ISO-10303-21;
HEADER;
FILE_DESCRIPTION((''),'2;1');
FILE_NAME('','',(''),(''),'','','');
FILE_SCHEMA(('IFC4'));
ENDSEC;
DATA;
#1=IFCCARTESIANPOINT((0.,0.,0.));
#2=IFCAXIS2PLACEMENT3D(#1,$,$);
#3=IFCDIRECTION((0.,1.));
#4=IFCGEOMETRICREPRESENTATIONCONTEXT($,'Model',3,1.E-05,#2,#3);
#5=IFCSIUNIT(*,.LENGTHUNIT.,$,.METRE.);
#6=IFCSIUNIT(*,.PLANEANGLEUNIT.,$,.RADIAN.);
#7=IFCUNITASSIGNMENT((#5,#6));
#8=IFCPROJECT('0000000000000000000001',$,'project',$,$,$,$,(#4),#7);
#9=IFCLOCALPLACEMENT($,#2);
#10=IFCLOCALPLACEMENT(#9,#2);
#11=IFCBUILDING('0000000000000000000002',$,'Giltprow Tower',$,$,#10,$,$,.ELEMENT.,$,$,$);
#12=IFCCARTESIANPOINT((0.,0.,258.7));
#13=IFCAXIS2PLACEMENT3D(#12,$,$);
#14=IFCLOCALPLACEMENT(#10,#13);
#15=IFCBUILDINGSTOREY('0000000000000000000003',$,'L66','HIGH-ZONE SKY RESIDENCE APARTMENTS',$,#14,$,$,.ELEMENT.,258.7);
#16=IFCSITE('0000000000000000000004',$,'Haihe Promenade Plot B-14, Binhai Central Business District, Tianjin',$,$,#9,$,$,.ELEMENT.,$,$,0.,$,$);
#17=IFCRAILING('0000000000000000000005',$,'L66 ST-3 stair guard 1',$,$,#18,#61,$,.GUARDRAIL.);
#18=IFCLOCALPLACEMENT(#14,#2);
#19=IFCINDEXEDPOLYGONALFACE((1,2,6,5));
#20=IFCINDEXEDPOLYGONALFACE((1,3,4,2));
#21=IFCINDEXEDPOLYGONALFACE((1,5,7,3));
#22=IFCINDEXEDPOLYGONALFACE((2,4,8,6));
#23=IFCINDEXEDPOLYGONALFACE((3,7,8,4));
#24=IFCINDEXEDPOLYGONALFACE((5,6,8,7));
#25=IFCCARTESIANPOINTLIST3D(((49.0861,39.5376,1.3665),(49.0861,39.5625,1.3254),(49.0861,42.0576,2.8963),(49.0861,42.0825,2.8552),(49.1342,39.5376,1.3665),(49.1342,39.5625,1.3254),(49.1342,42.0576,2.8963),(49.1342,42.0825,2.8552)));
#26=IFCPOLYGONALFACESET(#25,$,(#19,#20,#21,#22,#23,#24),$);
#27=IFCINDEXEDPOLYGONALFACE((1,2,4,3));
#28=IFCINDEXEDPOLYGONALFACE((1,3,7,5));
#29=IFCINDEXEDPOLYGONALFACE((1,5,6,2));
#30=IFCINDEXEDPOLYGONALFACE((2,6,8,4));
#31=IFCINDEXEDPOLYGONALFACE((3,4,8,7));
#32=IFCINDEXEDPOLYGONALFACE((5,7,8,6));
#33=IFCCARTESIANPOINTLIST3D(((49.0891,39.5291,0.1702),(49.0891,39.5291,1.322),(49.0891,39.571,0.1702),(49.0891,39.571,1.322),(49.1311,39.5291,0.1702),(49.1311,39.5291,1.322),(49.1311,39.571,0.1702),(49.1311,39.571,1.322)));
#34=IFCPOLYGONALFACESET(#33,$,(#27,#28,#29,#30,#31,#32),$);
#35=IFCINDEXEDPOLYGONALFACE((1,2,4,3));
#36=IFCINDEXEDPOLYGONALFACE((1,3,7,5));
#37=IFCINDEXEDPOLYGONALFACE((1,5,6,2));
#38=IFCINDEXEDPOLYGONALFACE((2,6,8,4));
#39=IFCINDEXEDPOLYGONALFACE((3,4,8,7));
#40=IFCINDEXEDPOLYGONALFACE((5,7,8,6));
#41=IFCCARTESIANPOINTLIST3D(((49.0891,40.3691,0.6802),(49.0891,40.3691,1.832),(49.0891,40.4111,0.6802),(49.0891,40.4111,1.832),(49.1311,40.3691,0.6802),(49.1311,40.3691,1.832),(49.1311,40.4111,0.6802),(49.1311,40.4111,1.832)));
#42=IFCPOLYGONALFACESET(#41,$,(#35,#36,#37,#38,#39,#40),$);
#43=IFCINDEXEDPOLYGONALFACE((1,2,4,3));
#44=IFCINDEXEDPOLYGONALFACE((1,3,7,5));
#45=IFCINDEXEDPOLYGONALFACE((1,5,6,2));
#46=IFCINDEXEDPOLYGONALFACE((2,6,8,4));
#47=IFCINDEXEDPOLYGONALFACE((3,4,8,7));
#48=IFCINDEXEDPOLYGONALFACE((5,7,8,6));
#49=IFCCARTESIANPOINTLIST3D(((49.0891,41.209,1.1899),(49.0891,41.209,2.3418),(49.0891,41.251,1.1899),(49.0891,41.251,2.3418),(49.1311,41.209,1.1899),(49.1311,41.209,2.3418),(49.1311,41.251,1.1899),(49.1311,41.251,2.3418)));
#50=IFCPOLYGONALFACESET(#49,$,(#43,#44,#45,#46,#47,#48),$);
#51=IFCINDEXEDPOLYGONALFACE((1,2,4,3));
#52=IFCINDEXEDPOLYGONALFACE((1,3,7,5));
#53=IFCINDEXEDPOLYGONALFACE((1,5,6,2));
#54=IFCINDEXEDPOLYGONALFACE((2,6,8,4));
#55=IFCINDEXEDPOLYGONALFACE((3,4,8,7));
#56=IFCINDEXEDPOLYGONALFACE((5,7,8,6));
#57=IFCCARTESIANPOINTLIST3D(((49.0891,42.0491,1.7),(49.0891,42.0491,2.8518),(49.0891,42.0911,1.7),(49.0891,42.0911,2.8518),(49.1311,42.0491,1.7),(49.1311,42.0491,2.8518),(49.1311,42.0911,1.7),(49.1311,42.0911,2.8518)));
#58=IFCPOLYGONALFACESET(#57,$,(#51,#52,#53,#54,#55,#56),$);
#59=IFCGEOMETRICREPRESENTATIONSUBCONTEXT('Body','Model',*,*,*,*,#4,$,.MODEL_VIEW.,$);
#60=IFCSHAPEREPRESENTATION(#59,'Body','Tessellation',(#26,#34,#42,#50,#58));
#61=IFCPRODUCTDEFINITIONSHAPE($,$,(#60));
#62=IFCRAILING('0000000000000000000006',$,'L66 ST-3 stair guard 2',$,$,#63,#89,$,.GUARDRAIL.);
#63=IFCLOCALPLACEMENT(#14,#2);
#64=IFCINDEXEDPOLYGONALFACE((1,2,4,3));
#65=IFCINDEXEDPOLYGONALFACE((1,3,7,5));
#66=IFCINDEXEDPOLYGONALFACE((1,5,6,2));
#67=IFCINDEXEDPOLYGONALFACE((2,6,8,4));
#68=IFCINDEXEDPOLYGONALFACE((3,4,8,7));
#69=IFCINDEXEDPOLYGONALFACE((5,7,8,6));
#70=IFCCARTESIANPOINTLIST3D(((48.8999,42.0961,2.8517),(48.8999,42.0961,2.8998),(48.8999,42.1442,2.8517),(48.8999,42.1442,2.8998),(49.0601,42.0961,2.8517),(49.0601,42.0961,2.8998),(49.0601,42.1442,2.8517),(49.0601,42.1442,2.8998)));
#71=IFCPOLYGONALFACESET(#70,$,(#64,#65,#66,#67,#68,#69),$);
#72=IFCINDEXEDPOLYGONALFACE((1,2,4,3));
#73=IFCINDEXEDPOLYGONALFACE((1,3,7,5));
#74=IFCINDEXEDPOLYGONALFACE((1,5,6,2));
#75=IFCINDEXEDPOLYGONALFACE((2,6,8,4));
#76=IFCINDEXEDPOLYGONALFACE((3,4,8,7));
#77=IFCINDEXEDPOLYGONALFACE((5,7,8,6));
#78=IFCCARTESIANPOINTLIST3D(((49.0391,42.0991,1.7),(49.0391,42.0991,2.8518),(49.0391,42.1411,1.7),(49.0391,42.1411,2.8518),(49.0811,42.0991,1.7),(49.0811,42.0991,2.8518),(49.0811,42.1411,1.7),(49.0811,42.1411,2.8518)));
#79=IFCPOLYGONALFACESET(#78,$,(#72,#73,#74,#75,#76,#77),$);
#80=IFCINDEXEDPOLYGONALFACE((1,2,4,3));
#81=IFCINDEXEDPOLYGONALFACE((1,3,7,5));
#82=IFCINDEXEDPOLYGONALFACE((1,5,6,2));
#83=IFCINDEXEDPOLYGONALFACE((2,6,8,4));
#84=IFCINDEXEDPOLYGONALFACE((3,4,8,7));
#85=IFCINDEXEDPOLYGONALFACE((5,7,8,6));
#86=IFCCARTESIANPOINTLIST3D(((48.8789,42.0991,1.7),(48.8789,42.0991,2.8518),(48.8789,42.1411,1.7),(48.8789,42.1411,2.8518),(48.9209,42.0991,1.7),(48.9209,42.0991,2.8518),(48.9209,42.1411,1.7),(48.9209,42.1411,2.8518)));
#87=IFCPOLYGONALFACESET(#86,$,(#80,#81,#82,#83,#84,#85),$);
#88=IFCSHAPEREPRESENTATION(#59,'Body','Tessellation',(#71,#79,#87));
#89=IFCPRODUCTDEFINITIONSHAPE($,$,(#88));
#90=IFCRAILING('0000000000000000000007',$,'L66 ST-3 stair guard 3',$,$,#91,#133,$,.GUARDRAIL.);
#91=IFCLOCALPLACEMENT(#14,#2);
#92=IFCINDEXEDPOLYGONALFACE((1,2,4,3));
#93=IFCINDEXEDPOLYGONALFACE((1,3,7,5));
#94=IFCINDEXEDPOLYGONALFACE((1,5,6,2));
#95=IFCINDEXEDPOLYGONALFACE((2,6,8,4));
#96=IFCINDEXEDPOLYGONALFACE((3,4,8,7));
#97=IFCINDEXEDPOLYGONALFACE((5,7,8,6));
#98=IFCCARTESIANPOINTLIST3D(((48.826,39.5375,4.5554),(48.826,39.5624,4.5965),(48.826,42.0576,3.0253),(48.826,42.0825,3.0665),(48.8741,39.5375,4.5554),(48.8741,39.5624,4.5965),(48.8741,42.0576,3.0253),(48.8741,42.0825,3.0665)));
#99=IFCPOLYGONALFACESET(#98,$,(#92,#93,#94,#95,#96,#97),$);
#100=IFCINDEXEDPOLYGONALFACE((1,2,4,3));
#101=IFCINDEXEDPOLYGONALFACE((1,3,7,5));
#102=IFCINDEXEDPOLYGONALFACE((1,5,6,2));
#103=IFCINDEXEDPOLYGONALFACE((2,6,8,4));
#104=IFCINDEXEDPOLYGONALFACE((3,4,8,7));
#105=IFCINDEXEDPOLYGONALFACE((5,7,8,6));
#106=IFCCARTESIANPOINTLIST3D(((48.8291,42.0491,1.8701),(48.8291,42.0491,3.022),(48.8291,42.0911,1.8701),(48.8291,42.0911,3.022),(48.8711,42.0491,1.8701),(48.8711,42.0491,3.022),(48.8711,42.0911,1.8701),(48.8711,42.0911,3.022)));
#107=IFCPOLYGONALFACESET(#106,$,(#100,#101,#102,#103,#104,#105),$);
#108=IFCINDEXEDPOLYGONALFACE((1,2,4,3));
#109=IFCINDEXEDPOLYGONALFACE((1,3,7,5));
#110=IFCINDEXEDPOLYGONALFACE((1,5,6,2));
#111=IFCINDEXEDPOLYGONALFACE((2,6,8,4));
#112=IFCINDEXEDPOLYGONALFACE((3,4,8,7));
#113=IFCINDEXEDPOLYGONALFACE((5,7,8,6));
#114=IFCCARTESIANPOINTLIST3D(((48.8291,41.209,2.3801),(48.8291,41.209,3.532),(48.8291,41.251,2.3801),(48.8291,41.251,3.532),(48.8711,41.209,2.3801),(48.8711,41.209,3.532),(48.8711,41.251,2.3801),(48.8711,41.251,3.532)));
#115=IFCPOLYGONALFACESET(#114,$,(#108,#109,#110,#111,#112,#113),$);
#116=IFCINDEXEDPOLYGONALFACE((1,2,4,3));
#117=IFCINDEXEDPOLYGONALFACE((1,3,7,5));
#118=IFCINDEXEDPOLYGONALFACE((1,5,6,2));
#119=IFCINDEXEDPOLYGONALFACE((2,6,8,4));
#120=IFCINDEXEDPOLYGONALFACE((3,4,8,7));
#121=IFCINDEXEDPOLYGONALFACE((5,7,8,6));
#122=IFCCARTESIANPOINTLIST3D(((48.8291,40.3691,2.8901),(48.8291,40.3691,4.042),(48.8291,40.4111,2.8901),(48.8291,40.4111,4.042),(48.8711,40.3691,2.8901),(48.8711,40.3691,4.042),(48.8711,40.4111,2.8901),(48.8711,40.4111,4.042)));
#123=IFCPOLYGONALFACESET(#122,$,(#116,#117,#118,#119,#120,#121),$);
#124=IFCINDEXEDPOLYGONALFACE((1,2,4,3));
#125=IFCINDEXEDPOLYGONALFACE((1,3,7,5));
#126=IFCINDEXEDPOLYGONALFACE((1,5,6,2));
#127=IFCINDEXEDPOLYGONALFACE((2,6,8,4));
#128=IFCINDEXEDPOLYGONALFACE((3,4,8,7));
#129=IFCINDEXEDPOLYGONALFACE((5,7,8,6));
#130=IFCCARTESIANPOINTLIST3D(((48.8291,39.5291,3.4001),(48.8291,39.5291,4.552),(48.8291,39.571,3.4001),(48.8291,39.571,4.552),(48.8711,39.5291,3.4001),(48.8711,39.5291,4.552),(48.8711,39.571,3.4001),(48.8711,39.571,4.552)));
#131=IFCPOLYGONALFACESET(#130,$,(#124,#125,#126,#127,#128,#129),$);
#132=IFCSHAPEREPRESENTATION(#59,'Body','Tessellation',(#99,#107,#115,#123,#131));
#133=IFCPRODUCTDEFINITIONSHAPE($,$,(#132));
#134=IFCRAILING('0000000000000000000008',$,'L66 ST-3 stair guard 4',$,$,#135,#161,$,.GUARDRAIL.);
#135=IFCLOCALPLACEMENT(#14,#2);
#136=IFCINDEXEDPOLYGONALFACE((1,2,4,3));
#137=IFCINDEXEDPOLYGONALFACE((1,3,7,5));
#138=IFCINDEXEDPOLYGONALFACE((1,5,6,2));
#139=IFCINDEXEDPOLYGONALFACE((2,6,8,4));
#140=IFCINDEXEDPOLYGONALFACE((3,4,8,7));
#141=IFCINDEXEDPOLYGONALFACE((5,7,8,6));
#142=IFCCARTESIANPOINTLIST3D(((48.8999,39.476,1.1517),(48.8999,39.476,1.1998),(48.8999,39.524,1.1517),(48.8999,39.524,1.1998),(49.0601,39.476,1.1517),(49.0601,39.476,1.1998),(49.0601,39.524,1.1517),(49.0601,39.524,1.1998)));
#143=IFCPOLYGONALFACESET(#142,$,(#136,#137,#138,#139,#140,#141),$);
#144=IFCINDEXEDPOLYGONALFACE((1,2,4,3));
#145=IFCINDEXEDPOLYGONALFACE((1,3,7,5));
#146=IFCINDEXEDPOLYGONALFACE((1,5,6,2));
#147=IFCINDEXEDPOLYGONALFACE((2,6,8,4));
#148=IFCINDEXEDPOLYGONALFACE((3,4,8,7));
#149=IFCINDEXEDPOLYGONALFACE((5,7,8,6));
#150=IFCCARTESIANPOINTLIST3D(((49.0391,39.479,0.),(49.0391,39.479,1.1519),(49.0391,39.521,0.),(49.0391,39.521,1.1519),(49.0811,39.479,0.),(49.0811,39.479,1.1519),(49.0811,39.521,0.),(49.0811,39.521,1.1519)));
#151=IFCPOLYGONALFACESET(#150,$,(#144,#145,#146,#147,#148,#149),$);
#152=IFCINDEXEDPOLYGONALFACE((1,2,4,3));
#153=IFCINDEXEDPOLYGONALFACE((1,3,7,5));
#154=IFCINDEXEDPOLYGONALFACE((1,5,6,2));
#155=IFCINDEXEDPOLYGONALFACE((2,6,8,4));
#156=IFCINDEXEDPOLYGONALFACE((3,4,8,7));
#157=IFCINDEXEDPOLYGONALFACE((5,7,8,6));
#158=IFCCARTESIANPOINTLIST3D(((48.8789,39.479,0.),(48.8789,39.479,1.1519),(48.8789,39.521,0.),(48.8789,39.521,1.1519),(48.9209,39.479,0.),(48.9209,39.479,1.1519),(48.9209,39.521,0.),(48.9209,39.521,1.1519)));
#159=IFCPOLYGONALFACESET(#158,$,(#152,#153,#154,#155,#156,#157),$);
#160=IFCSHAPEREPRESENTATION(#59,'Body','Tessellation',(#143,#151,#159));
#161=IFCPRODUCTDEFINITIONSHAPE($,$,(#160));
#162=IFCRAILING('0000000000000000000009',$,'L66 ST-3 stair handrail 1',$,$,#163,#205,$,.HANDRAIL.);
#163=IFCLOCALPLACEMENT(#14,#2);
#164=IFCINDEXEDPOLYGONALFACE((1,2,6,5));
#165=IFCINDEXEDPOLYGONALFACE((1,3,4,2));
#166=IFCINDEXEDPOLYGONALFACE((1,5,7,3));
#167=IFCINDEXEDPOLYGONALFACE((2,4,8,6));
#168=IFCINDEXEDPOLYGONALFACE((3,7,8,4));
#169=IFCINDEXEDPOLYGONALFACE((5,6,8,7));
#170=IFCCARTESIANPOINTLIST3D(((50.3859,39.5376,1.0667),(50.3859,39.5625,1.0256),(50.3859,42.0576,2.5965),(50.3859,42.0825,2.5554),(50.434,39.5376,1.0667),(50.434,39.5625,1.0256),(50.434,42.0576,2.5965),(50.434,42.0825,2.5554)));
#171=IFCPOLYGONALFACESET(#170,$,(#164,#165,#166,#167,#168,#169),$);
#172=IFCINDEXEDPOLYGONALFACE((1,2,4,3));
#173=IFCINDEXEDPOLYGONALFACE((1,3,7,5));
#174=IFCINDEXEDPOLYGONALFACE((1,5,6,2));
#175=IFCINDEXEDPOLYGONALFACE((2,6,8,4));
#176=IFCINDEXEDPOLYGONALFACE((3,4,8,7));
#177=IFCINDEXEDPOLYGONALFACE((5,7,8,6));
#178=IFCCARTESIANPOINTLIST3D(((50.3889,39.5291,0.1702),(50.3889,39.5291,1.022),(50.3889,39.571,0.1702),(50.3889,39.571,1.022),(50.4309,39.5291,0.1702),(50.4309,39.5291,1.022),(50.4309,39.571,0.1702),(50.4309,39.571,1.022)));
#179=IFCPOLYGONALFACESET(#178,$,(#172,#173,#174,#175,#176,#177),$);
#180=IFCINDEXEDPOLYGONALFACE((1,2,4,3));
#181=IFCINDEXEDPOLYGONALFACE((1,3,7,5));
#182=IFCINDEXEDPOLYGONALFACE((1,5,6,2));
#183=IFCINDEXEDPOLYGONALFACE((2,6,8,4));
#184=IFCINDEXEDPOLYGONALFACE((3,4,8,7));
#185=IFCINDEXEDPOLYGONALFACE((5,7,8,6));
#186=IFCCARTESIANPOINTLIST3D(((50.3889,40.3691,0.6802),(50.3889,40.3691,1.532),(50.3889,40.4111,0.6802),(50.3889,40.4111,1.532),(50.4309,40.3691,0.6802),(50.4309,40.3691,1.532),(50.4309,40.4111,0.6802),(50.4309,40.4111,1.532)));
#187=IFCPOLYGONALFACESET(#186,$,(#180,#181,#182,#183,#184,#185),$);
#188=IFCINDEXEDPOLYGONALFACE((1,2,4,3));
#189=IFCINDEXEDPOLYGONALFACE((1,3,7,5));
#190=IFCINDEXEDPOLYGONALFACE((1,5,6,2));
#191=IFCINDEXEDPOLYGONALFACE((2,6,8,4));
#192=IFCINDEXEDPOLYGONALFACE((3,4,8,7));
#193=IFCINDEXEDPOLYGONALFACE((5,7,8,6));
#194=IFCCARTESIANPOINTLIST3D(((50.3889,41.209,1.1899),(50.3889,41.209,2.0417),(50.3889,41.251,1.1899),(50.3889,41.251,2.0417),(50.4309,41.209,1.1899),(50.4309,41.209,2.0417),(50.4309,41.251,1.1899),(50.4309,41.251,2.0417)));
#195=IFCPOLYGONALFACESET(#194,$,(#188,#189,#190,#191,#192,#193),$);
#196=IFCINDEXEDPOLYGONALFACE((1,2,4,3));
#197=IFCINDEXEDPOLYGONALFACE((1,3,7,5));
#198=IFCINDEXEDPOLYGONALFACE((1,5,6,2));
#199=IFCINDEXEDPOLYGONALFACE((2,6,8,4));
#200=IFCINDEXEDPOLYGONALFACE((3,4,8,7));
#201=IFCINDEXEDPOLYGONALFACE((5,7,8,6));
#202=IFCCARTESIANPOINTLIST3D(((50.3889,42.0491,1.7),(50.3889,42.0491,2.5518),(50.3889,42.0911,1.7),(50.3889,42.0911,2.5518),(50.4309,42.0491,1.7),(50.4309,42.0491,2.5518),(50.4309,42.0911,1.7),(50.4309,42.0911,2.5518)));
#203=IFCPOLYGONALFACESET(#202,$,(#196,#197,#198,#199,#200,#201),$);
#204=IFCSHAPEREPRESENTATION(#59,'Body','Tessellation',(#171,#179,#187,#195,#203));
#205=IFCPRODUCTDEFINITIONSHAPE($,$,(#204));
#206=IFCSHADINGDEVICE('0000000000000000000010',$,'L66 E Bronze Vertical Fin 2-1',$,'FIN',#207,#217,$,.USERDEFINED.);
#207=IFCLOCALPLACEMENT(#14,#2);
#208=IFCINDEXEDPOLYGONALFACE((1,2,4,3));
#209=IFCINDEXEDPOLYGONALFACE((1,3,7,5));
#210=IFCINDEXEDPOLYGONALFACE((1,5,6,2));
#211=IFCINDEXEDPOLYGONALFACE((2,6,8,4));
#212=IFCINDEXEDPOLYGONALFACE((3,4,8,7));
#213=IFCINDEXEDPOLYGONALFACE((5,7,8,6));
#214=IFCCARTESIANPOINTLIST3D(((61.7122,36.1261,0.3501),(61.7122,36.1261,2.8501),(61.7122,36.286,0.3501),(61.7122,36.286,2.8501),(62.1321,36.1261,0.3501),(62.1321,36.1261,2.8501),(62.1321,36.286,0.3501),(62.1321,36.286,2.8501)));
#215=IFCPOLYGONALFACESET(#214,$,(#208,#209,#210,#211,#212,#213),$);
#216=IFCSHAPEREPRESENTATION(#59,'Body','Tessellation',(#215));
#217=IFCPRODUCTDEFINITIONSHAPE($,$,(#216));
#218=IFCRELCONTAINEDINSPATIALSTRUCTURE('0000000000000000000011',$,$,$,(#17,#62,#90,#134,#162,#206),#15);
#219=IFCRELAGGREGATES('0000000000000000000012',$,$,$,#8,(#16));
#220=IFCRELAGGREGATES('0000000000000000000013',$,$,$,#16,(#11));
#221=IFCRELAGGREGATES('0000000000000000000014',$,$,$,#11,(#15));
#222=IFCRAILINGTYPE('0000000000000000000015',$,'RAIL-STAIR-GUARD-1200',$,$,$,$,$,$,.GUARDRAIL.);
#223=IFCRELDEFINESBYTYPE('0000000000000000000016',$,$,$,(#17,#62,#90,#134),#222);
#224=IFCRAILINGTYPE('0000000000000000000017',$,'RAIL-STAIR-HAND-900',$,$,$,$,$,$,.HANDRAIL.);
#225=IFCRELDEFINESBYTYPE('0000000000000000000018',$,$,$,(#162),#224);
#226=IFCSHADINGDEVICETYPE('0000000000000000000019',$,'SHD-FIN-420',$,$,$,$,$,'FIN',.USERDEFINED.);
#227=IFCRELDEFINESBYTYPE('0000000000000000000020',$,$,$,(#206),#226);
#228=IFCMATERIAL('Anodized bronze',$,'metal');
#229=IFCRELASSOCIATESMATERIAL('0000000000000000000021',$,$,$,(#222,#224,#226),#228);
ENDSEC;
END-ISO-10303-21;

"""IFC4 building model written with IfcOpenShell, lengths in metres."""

from ifc_helpers import new_model, si_unit, direction, frame, origin, origin_2d, place, context, subcontext, project, spatial, rectangle, extrude, source, transform, mapped, material, type_object, element, save


model = new_model("IFC4")

# Units and contexts
model_context = context("Model", 3, precision=1e-05, world=origin(), true_north=direction((0.0, 1.0)))
body_context = subcontext(model_context, "Body", "Model", "MODEL_VIEW")
ifc_project = project(units=[si_unit("LENGTHUNIT", "METRE"), si_unit("PLANEANGLEUNIT", "RADIAN")], contexts=[model_context])

# Site, building, storey
site_placement = place(None, origin())
site = spatial("IfcSite", under=ifc_project, at=site_placement, Name="Haihe Promenade Plot B-14, Binhai Central Business District, Tianjin", CompositionType="ELEMENT", RefElevation=0.0)
building_placement = place(site_placement, origin())
building = spatial("IfcBuilding", under=site, at=building_placement, Name="Giltprow Tower", CompositionType="ELEMENT")
storey_placement = place(building_placement, frame((0.0, 0.0, 258.7)))
storey = spatial("IfcBuildingStorey", under=building, at=storey_placement, Name="L66", Description="HIGH-ZONE SKY RESIDENCE APARTMENTS", CompositionType="ELEMENT", Elevation=258.7)

# Railings
ifc_material_1 = material(Name="Anodized bronze", Category="metal")
railing_type_1 = type_object("IfcRailingType", Name="RAIL-STAIR-GUARD-1200", PredefinedType="GUARDRAIL", material=ifc_material_1)
railing_1_placement = place(storey_placement, frame((49.1101, 39.55, 0.1702)))
element("IfcRailing", 1, at=railing_1_placement, inside=storey, type_object=railing_type_1, Name="L66 ST-3 stair guard 1", PredefinedType="GUARDRAIL", context=body_context, shape_type="SweptSolid", body=[
    extrude(rectangle(XDim=0.0481, YDim=0.0481, at=origin_2d()), frame((0.0, 0.0, 1.1758), z_axis=(0.0, 0.854822, 0.518922), x_axis=(-1.0, 0.0, 0.0)), (0.0, 0.0, 1.0), 2.948),
    extrude(rectangle(XDim=0.042, YDim=0.042, at=origin_2d()), origin(), (0.0, 0.0, 1.0), 1.1519),
    extrude(rectangle(XDim=0.042, YDim=0.042, at=origin_2d()), frame((0.0, 0.8401, 0.51)), (0.0, 0.0, 1.0), 1.1519),
    extrude(rectangle(XDim=0.042, YDim=0.042, at=origin_2d()), frame((0.0, 1.6799, 1.0198)), (0.0, 0.0, 1.0), 1.1519),
    extrude(rectangle(XDim=0.042, YDim=0.042, at=origin_2d()), frame((0.0, 2.52, 1.5298)), (0.0, 0.0, 1.0), 1.1519),
])
railing_2_placement = place(storey_placement, frame((49.0601, 42.1201, 1.7)))
element("IfcRailing", 2, at=railing_2_placement, inside=storey, type_object=railing_type_1, Name="L66 ST-3 stair guard 2", PredefinedType="GUARDRAIL", context=body_context, shape_type="SweptSolid", body=[
    extrude(rectangle(XDim=0.0481, YDim=0.0481, at=origin_2d()), frame((0.0, 0.0, 1.1758), z_axis=(-1.0, 0.0, 0.0), x_axis=(0.0, -1.0, 0.0)), (0.0, 0.0, 1.0), 0.1602),
    extrude(rectangle(XDim=0.042, YDim=0.042, at=origin_2d()), origin(), (0.0, 0.0, 1.0), 1.1519),
    extrude(rectangle(XDim=0.042, YDim=0.042, at=origin_2d()), frame((-0.1602, 0.0, 0.0)), (0.0, 0.0, 1.0), 1.1519),
])
railing_3_placement = place(storey_placement, frame((48.8501, 42.0701, 1.8701)))
element("IfcRailing", 3, at=railing_3_placement, inside=storey, type_object=railing_type_1, Name="L66 ST-3 stair guard 3", PredefinedType="GUARDRAIL", context=body_context, shape_type="SweptSolid", body=[
    extrude(rectangle(XDim=0.0481, YDim=0.0481, at=origin_2d()), frame((0.0, 0.0, 1.1758), z_axis=(0.0, -0.854785, 0.518982), x_axis=(1.0, 0.0, 0.0)), (0.0, 0.0, 1.0), 2.9482),
    extrude(rectangle(XDim=0.042, YDim=0.042, at=origin_2d()), origin(), (0.0, 0.0, 1.0), 1.1519),
    extrude(rectangle(XDim=0.042, YDim=0.042, at=origin_2d()), frame((0.0, -0.8401, 0.51)), (0.0, 0.0, 1.0), 1.1519),
    extrude(rectangle(XDim=0.042, YDim=0.042, at=origin_2d()), frame((0.0, -1.6799, 1.02)), (0.0, 0.0, 1.0), 1.1519),
    extrude(rectangle(XDim=0.042, YDim=0.042, at=origin_2d()), frame((0.0, -2.52, 1.53)), (0.0, 0.0, 1.0), 1.1519),
])
railing_4_placement = place(storey_placement, frame((49.0601, 39.5, 0.0)))
element("IfcRailing", 4, at=railing_4_placement, inside=storey, type_object=railing_type_1, Name="L66 ST-3 stair guard 4", PredefinedType="GUARDRAIL", context=body_context, shape_type="SweptSolid", body=[
    extrude(rectangle(XDim=0.0481, YDim=0.0481, at=origin_2d()), frame((0.0, 0.0, 1.1758), z_axis=(-1.0, 0.0, 0.0), x_axis=(0.0, -1.0, 0.0)), (0.0, 0.0, 1.0), 0.1602),
    extrude(rectangle(XDim=0.042, YDim=0.042, at=origin_2d()), origin(), (0.0, 0.0, 1.0), 1.1519),
    extrude(rectangle(XDim=0.042, YDim=0.042, at=origin_2d()), frame((-0.1602, 0.0, 0.0)), (0.0, 0.0, 1.0), 1.1519),
])
railing_type_2 = type_object("IfcRailingType", Name="RAIL-STAIR-HAND-900", PredefinedType="HANDRAIL", material=ifc_material_1)
railing_5_placement = place(storey_placement, frame((50.4099, 39.55, 0.1702)))
element("IfcRailing", 5, at=railing_5_placement, inside=storey, type_object=railing_type_2, Name="L66 ST-3 stair handrail 1", PredefinedType="HANDRAIL", context=body_context, shape_type="SweptSolid", body=[
    extrude(rectangle(XDim=0.0481, YDim=0.0481, at=origin_2d()), frame((0.0, 0.0, 0.876), z_axis=(0.0, 0.854822, 0.518922), x_axis=(-1.0, 0.0, 0.0)), (0.0, 0.0, 1.0), 2.948),
    extrude(rectangle(XDim=0.042, YDim=0.042, at=origin_2d()), origin(), (0.0, 0.0, 1.0), 0.8518),
    extrude(rectangle(XDim=0.042, YDim=0.042, at=origin_2d()), frame((0.0, 0.8401, 0.51)), (0.0, 0.0, 1.0), 0.8518),
    extrude(rectangle(XDim=0.042, YDim=0.042, at=origin_2d()), frame((0.0, 1.6799, 1.0198)), (0.0, 0.0, 1.0), 0.8518),
    extrude(rectangle(XDim=0.042, YDim=0.042, at=origin_2d()), frame((0.0, 2.52, 1.5298)), (0.0, 0.0, 1.0), 0.8518),
])

# Shading device
shading_device_type = type_object("IfcShadingDeviceType", Name="SHD-FIN-420", ElementType="FIN", PredefinedType="USERDEFINED", material=ifc_material_1)
shared_shape_1 = source(origin(), body_context, "Body", "SweptSolid", [
    extrude(rectangle(XDim=0.4199, YDim=0.1599, at=origin_2d()), origin(), (0.0, 0.0, 1.0), 2.5),
])
shading_device_placement = place(storey_placement, frame((61.9221, 36.2061, 0.3501), z_axis=(0.0, 0.0, 1.0), x_axis=(1.0, 0.0, 0.0)))
element("IfcShadingDevice", 6, at=shading_device_placement, inside=storey, type_object=shading_device_type, Name="L66 E Bronze Vertical Fin 2-1", ObjectType="FIN", PredefinedType="USERDEFINED", context=body_context, shape_type="MappedRepresentation", body=[
    mapped(shared_shape_1, transform((0.0, 0.0, 0.0), x_axis=(1.0, 0.0, 0.0), y_axis=(0.0, 1.0, 0.0), z_axis=(0.0, 0.0, 1.0), scale=1.0)),
])

save(model, "model.ifc")
